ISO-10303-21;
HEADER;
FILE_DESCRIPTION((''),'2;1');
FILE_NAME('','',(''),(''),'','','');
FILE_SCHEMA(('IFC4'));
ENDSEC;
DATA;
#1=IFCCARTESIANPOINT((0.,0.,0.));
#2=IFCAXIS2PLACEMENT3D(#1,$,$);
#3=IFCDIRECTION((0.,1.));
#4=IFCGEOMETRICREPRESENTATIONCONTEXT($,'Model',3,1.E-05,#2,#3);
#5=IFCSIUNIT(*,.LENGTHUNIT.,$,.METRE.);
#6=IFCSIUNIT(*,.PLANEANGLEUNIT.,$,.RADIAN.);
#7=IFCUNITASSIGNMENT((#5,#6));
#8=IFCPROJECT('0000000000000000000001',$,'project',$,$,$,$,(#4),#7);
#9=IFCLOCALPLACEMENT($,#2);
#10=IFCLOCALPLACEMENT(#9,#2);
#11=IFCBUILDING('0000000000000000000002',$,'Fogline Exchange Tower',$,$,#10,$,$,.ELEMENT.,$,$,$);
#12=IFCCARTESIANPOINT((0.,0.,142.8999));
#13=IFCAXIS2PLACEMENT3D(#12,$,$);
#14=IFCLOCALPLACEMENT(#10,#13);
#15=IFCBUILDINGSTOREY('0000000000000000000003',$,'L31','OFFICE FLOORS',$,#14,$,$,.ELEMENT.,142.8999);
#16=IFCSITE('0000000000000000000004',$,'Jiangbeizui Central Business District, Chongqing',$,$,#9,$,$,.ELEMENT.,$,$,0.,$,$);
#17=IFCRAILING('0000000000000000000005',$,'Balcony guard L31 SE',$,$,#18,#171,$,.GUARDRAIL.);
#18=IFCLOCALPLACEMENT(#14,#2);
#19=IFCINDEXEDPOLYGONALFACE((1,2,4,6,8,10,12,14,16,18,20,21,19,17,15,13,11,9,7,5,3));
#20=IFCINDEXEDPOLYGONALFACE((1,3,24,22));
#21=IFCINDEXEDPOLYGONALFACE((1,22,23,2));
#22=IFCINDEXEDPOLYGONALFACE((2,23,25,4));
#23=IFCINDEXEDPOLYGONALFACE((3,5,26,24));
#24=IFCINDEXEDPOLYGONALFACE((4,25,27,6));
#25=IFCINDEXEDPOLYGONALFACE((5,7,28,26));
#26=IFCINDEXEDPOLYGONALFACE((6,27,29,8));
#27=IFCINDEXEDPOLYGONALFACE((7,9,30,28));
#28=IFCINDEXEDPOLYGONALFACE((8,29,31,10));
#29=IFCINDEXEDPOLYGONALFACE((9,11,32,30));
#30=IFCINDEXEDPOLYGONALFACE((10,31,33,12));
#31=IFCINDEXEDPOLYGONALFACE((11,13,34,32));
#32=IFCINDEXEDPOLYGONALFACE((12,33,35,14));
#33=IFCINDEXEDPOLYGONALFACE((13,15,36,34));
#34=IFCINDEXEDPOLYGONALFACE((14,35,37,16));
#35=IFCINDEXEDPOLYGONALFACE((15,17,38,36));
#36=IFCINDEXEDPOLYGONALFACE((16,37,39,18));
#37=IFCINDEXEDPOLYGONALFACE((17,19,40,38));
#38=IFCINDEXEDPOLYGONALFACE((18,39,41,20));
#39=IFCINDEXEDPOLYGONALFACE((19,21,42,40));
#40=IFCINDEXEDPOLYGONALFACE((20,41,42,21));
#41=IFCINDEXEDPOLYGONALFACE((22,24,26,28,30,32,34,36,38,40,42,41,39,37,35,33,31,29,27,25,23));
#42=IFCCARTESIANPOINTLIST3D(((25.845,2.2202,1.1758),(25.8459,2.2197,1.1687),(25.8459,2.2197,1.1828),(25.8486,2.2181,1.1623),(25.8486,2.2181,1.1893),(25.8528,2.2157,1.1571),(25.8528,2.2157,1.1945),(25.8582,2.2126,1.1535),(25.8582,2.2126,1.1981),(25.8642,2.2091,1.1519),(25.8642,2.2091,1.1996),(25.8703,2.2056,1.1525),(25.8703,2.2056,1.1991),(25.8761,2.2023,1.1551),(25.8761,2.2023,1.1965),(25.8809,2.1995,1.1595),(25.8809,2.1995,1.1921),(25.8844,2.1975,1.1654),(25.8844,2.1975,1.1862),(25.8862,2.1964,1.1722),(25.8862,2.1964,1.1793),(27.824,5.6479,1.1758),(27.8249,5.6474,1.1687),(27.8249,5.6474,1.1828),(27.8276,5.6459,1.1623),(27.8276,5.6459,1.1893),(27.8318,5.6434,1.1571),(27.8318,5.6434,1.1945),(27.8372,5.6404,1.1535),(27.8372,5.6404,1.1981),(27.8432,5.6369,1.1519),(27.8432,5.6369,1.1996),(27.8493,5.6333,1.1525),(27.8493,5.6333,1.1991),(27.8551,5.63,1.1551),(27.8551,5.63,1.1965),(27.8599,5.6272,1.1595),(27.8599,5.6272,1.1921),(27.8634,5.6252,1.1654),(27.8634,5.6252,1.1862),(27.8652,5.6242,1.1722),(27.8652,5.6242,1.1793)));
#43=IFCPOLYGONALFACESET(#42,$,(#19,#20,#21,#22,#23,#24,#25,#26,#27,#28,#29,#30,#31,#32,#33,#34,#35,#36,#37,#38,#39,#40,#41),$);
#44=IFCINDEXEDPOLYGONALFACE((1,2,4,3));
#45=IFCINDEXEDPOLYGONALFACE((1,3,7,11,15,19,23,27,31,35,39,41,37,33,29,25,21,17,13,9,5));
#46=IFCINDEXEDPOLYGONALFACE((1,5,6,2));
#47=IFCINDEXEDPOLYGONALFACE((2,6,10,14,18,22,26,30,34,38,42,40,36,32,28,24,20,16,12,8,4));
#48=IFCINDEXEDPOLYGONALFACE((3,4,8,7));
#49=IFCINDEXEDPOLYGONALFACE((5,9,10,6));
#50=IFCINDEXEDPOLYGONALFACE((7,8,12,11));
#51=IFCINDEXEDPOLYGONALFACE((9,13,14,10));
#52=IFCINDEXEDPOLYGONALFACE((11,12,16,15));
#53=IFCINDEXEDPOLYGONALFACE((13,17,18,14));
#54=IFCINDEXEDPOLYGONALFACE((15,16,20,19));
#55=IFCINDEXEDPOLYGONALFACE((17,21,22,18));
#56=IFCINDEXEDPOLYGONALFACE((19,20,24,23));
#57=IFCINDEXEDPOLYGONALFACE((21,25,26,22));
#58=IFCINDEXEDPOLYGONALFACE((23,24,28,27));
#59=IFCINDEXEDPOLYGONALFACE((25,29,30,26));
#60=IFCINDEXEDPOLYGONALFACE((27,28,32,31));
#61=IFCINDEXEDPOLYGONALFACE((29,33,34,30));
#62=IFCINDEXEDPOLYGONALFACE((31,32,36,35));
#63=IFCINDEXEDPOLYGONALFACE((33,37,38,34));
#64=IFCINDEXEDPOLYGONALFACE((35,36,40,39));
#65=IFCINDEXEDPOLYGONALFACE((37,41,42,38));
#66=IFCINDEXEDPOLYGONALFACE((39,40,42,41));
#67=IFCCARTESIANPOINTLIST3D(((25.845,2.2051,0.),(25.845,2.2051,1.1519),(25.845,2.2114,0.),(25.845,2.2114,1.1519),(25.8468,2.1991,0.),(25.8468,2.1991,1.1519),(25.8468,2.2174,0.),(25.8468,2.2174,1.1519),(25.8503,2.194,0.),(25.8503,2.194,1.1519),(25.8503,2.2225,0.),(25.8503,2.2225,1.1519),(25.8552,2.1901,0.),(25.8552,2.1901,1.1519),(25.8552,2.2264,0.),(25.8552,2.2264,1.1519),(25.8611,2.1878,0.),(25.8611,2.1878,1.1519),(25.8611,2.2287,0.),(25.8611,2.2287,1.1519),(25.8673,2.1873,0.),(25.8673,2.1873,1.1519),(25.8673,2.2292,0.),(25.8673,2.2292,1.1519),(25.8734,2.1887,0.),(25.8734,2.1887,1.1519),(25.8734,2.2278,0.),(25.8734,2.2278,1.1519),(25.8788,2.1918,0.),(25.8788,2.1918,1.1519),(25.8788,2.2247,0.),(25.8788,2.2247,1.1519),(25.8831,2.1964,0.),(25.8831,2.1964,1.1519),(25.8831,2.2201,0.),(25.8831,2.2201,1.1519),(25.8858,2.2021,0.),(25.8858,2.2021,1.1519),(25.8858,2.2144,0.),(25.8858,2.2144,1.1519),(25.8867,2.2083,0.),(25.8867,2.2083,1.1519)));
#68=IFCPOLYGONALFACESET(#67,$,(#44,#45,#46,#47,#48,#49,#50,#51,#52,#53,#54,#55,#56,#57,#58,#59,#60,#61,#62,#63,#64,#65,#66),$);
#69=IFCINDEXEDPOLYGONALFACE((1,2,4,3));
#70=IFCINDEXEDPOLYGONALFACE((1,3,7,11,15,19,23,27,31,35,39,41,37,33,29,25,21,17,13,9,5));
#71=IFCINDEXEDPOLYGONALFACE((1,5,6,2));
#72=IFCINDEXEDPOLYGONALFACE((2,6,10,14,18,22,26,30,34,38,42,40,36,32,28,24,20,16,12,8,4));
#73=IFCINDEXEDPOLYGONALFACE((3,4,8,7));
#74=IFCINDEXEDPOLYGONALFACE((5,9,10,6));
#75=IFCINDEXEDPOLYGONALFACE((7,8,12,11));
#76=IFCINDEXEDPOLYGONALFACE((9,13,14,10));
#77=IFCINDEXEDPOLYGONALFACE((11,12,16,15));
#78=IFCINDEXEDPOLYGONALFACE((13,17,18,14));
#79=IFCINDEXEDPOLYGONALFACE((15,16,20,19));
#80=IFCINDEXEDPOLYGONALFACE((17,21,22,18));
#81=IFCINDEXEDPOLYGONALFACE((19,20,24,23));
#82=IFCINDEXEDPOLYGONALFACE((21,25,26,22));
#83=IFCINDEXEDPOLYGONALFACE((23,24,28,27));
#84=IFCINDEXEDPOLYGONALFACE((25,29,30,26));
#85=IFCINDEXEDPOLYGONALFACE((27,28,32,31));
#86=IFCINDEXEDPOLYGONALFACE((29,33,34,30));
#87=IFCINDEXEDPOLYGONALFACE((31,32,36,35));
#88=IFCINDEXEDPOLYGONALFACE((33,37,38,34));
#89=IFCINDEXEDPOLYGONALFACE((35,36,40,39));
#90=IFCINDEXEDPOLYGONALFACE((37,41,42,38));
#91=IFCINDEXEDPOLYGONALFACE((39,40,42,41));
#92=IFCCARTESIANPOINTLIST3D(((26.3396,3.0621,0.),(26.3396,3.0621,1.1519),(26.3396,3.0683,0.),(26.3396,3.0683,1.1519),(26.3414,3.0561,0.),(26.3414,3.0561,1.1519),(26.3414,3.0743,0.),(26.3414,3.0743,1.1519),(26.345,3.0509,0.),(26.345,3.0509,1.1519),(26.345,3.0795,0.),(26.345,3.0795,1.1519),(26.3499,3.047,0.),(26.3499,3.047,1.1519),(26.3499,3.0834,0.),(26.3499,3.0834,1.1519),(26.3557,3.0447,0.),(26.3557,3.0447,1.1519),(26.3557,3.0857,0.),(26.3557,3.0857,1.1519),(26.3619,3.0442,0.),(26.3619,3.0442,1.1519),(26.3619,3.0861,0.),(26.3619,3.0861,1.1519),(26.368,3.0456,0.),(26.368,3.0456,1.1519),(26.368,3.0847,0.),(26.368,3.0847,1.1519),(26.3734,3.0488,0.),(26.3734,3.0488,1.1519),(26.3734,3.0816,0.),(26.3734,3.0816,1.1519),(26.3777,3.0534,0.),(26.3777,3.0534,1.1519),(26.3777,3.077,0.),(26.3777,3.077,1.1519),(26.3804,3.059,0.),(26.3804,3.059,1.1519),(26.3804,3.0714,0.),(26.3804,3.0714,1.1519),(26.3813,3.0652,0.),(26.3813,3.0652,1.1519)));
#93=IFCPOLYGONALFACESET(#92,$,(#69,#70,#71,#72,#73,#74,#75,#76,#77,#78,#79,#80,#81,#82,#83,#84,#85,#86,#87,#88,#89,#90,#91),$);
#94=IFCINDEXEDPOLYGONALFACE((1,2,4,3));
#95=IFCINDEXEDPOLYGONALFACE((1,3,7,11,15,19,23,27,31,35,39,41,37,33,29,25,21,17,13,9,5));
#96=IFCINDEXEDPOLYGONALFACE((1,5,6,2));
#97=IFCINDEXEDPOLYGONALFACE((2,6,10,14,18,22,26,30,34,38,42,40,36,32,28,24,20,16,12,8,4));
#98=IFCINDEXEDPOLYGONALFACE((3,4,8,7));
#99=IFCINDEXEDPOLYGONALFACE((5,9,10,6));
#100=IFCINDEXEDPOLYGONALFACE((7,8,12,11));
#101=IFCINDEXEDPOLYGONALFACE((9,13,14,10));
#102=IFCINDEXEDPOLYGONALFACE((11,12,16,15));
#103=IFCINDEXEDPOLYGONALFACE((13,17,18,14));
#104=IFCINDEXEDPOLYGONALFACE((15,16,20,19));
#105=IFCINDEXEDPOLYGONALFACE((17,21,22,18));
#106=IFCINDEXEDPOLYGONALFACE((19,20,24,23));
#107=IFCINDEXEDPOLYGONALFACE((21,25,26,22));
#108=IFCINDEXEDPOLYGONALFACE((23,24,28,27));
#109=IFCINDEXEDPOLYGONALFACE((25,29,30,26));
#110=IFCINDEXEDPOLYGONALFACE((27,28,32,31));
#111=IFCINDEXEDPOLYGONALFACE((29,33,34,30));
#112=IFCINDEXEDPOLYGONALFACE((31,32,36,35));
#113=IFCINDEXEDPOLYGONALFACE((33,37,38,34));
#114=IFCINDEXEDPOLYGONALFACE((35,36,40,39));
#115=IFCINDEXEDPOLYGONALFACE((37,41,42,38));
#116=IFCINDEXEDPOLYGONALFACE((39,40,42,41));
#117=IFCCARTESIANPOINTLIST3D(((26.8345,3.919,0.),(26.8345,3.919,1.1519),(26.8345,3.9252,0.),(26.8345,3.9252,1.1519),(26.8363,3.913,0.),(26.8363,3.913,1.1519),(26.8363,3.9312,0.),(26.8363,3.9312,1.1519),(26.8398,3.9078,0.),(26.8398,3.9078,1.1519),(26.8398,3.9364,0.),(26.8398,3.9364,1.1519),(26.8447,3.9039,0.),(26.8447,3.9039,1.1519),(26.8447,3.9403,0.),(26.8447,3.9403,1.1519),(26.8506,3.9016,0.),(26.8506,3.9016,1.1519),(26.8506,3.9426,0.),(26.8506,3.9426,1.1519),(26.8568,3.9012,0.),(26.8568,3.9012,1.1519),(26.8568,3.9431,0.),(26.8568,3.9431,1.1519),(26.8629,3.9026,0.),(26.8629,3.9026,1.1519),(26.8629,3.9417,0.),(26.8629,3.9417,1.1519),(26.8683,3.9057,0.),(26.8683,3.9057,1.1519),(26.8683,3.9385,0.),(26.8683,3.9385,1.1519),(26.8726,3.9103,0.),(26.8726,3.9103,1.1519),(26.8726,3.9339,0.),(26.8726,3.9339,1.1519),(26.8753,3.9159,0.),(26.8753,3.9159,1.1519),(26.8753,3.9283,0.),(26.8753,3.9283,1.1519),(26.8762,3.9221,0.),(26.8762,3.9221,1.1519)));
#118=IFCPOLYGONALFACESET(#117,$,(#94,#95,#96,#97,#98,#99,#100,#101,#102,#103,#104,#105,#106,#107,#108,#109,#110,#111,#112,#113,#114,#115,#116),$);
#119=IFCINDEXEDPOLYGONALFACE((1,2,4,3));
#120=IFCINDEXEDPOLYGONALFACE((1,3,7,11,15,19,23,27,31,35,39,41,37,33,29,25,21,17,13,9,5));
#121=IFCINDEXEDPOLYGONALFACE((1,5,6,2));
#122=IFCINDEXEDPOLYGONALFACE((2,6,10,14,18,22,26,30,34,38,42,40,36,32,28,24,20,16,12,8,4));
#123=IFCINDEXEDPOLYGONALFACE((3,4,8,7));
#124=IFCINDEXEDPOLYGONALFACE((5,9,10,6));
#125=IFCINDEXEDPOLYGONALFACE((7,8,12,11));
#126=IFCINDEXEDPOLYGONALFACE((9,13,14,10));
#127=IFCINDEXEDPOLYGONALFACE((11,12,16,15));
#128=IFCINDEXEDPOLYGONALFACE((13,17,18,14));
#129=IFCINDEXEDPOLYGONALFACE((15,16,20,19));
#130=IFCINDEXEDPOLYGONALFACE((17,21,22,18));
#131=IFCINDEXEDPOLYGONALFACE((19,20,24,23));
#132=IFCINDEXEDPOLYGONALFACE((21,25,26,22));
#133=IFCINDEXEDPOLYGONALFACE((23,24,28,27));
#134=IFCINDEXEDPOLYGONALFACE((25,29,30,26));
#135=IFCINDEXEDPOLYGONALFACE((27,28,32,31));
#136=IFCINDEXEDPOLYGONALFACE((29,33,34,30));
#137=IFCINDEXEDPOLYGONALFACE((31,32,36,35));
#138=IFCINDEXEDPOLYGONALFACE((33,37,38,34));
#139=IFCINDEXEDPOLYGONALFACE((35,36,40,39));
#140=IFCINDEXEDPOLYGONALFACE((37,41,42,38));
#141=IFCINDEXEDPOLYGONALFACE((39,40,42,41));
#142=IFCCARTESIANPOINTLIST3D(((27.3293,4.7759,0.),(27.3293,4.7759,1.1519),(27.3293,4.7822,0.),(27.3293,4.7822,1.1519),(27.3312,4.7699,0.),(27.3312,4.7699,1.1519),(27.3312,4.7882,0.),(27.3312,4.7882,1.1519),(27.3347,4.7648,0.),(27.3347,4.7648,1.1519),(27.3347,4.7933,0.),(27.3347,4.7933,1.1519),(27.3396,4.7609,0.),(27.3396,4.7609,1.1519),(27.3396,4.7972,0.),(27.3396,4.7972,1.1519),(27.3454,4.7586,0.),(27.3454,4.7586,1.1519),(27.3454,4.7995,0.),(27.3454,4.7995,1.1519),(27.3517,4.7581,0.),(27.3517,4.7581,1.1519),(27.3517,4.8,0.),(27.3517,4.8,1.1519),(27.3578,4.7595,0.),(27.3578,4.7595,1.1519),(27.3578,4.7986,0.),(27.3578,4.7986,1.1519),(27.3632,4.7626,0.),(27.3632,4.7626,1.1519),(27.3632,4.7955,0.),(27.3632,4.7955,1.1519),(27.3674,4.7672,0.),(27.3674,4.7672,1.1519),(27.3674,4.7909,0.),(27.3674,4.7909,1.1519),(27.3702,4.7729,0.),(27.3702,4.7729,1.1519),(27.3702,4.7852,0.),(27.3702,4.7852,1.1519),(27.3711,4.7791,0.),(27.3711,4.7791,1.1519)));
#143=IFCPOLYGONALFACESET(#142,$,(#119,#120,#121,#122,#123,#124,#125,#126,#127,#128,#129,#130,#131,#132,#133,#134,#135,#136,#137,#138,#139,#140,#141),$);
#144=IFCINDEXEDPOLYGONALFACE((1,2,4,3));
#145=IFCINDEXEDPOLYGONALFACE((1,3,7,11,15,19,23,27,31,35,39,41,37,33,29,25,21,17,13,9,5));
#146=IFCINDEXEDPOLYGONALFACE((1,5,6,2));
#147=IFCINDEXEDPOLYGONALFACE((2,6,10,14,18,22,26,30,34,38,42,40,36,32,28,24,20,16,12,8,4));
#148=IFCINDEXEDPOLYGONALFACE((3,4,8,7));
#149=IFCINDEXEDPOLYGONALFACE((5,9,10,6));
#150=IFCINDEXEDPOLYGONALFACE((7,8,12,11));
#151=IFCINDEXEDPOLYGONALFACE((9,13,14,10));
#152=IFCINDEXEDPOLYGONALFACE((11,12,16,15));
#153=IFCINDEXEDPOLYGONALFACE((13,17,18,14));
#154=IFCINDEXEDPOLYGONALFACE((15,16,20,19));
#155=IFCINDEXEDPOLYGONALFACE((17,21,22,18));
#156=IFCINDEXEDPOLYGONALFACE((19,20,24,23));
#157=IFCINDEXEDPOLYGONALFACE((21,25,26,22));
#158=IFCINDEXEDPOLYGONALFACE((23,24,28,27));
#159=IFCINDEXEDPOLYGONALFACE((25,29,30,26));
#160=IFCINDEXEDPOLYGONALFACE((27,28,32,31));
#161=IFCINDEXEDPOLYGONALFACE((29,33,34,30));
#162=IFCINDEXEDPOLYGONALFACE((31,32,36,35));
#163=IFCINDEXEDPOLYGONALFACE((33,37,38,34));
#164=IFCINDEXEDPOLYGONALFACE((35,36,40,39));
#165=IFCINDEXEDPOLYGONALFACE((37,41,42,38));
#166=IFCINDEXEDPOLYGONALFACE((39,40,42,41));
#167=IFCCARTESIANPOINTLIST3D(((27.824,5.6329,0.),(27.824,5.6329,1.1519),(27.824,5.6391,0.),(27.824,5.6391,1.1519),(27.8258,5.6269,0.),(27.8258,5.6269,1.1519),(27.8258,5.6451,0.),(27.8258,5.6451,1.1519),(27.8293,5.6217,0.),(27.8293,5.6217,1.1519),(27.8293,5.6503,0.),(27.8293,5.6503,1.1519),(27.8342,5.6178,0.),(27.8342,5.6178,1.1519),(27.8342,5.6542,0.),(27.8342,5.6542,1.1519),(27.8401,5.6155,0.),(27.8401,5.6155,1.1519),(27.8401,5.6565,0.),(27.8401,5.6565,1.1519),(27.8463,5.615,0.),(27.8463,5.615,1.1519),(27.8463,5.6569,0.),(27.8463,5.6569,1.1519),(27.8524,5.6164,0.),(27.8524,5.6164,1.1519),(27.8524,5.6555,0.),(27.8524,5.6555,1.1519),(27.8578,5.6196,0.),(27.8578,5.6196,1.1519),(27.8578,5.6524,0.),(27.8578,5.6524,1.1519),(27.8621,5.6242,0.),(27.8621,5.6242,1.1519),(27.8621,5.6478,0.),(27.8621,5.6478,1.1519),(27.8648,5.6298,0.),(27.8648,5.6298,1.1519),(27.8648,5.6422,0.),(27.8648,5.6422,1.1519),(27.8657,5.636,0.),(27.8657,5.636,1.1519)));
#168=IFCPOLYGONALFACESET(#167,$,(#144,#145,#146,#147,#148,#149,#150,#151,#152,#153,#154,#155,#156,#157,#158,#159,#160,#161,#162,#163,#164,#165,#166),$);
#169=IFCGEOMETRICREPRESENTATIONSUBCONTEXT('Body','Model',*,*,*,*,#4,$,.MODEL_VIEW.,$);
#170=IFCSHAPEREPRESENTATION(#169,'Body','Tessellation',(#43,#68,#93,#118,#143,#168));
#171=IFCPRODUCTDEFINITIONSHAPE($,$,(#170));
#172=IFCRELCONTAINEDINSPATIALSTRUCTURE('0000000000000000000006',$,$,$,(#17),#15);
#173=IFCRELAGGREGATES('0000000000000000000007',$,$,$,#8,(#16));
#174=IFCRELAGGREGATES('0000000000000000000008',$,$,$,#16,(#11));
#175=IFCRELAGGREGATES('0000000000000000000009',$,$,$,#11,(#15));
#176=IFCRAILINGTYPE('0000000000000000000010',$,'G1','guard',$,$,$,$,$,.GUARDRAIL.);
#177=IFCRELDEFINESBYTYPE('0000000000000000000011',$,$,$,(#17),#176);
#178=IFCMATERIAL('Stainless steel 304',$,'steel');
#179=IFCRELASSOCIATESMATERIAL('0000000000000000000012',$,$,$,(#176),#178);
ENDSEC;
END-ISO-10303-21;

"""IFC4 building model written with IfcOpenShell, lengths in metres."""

from ifc_helpers import new_model, si_unit, direction, frame, origin, origin_2d, place, context, subcontext, project, spatial, circle, extrude, material, type_object, element, save


model = new_model("IFC4")

# Units and contexts
model_context = context("Model", 3, precision=1e-05, world=origin(), true_north=direction((0.0, 1.0)))
body_context = subcontext(model_context, "Body", "Model", "MODEL_VIEW")
ifc_project = project(units=[si_unit("LENGTHUNIT", "METRE"), si_unit("PLANEANGLEUNIT", "RADIAN")], contexts=[model_context])

# Site, building, storey
site_placement = place(None, origin())
site = spatial("IfcSite", under=ifc_project, at=site_placement, Name="Jiangbeizui Central Business District, Chongqing", CompositionType="ELEMENT", RefElevation=0.0)
building_placement = place(site_placement, origin())
building = spatial("IfcBuilding", under=site, at=building_placement, Name="Fogline Exchange Tower", CompositionType="ELEMENT")
storey_placement = place(building_placement, frame((0.0, 0.0, 142.8999)))
storey = spatial("IfcBuildingStorey", under=building, at=storey_placement, Name="L31", Description="OFFICE FLOORS", CompositionType="ELEMENT", Elevation=142.8999)

# Railing
ifc_material_1 = material(Name="Stainless steel 304", Category="steel")
railing_type = type_object("IfcRailingType", Name="G1", Description="guard", PredefinedType="GUARDRAIL", material=ifc_material_1)
railing_placement = place(storey_placement, frame((25.8657, 2.2083, 0.0)))
element("IfcRailing", 1, at=railing_placement, inside=storey, type_object=railing_type, Name="Balcony guard L31 SE", PredefinedType="GUARDRAIL", context=body_context, shape_type="SweptSolid", body=[
    extrude(circle(Radius=0.0239, at=origin_2d()), frame((0.0, 0.0, 1.1758), z_axis=(0.5, 0.866025, 0.0), x_axis=(-0.866025, 0.5, 0.0)), (0.0, 0.0, 1.0), 3.958),
    extrude(circle(Radius=0.021, at=origin_2d()), origin(), (0.0, 0.0, 1.0), 1.1519),
    extrude(circle(Radius=0.021, at=origin_2d()), frame((0.4946, 0.8569, 0.0)), (0.0, 0.0, 1.0), 1.1519),
    extrude(circle(Radius=0.021, at=origin_2d()), frame((0.9895, 1.7139, 0.0)), (0.0, 0.0, 1.0), 1.1519),
    extrude(circle(Radius=0.021, at=origin_2d()), frame((1.4844, 2.5708, 0.0)), (0.0, 0.0, 1.0), 1.1519),
    extrude(circle(Radius=0.021, at=origin_2d()), frame((1.979, 3.4277, 0.0)), (0.0, 0.0, 1.0), 1.1519),
])

save(model, "model.ifc")
